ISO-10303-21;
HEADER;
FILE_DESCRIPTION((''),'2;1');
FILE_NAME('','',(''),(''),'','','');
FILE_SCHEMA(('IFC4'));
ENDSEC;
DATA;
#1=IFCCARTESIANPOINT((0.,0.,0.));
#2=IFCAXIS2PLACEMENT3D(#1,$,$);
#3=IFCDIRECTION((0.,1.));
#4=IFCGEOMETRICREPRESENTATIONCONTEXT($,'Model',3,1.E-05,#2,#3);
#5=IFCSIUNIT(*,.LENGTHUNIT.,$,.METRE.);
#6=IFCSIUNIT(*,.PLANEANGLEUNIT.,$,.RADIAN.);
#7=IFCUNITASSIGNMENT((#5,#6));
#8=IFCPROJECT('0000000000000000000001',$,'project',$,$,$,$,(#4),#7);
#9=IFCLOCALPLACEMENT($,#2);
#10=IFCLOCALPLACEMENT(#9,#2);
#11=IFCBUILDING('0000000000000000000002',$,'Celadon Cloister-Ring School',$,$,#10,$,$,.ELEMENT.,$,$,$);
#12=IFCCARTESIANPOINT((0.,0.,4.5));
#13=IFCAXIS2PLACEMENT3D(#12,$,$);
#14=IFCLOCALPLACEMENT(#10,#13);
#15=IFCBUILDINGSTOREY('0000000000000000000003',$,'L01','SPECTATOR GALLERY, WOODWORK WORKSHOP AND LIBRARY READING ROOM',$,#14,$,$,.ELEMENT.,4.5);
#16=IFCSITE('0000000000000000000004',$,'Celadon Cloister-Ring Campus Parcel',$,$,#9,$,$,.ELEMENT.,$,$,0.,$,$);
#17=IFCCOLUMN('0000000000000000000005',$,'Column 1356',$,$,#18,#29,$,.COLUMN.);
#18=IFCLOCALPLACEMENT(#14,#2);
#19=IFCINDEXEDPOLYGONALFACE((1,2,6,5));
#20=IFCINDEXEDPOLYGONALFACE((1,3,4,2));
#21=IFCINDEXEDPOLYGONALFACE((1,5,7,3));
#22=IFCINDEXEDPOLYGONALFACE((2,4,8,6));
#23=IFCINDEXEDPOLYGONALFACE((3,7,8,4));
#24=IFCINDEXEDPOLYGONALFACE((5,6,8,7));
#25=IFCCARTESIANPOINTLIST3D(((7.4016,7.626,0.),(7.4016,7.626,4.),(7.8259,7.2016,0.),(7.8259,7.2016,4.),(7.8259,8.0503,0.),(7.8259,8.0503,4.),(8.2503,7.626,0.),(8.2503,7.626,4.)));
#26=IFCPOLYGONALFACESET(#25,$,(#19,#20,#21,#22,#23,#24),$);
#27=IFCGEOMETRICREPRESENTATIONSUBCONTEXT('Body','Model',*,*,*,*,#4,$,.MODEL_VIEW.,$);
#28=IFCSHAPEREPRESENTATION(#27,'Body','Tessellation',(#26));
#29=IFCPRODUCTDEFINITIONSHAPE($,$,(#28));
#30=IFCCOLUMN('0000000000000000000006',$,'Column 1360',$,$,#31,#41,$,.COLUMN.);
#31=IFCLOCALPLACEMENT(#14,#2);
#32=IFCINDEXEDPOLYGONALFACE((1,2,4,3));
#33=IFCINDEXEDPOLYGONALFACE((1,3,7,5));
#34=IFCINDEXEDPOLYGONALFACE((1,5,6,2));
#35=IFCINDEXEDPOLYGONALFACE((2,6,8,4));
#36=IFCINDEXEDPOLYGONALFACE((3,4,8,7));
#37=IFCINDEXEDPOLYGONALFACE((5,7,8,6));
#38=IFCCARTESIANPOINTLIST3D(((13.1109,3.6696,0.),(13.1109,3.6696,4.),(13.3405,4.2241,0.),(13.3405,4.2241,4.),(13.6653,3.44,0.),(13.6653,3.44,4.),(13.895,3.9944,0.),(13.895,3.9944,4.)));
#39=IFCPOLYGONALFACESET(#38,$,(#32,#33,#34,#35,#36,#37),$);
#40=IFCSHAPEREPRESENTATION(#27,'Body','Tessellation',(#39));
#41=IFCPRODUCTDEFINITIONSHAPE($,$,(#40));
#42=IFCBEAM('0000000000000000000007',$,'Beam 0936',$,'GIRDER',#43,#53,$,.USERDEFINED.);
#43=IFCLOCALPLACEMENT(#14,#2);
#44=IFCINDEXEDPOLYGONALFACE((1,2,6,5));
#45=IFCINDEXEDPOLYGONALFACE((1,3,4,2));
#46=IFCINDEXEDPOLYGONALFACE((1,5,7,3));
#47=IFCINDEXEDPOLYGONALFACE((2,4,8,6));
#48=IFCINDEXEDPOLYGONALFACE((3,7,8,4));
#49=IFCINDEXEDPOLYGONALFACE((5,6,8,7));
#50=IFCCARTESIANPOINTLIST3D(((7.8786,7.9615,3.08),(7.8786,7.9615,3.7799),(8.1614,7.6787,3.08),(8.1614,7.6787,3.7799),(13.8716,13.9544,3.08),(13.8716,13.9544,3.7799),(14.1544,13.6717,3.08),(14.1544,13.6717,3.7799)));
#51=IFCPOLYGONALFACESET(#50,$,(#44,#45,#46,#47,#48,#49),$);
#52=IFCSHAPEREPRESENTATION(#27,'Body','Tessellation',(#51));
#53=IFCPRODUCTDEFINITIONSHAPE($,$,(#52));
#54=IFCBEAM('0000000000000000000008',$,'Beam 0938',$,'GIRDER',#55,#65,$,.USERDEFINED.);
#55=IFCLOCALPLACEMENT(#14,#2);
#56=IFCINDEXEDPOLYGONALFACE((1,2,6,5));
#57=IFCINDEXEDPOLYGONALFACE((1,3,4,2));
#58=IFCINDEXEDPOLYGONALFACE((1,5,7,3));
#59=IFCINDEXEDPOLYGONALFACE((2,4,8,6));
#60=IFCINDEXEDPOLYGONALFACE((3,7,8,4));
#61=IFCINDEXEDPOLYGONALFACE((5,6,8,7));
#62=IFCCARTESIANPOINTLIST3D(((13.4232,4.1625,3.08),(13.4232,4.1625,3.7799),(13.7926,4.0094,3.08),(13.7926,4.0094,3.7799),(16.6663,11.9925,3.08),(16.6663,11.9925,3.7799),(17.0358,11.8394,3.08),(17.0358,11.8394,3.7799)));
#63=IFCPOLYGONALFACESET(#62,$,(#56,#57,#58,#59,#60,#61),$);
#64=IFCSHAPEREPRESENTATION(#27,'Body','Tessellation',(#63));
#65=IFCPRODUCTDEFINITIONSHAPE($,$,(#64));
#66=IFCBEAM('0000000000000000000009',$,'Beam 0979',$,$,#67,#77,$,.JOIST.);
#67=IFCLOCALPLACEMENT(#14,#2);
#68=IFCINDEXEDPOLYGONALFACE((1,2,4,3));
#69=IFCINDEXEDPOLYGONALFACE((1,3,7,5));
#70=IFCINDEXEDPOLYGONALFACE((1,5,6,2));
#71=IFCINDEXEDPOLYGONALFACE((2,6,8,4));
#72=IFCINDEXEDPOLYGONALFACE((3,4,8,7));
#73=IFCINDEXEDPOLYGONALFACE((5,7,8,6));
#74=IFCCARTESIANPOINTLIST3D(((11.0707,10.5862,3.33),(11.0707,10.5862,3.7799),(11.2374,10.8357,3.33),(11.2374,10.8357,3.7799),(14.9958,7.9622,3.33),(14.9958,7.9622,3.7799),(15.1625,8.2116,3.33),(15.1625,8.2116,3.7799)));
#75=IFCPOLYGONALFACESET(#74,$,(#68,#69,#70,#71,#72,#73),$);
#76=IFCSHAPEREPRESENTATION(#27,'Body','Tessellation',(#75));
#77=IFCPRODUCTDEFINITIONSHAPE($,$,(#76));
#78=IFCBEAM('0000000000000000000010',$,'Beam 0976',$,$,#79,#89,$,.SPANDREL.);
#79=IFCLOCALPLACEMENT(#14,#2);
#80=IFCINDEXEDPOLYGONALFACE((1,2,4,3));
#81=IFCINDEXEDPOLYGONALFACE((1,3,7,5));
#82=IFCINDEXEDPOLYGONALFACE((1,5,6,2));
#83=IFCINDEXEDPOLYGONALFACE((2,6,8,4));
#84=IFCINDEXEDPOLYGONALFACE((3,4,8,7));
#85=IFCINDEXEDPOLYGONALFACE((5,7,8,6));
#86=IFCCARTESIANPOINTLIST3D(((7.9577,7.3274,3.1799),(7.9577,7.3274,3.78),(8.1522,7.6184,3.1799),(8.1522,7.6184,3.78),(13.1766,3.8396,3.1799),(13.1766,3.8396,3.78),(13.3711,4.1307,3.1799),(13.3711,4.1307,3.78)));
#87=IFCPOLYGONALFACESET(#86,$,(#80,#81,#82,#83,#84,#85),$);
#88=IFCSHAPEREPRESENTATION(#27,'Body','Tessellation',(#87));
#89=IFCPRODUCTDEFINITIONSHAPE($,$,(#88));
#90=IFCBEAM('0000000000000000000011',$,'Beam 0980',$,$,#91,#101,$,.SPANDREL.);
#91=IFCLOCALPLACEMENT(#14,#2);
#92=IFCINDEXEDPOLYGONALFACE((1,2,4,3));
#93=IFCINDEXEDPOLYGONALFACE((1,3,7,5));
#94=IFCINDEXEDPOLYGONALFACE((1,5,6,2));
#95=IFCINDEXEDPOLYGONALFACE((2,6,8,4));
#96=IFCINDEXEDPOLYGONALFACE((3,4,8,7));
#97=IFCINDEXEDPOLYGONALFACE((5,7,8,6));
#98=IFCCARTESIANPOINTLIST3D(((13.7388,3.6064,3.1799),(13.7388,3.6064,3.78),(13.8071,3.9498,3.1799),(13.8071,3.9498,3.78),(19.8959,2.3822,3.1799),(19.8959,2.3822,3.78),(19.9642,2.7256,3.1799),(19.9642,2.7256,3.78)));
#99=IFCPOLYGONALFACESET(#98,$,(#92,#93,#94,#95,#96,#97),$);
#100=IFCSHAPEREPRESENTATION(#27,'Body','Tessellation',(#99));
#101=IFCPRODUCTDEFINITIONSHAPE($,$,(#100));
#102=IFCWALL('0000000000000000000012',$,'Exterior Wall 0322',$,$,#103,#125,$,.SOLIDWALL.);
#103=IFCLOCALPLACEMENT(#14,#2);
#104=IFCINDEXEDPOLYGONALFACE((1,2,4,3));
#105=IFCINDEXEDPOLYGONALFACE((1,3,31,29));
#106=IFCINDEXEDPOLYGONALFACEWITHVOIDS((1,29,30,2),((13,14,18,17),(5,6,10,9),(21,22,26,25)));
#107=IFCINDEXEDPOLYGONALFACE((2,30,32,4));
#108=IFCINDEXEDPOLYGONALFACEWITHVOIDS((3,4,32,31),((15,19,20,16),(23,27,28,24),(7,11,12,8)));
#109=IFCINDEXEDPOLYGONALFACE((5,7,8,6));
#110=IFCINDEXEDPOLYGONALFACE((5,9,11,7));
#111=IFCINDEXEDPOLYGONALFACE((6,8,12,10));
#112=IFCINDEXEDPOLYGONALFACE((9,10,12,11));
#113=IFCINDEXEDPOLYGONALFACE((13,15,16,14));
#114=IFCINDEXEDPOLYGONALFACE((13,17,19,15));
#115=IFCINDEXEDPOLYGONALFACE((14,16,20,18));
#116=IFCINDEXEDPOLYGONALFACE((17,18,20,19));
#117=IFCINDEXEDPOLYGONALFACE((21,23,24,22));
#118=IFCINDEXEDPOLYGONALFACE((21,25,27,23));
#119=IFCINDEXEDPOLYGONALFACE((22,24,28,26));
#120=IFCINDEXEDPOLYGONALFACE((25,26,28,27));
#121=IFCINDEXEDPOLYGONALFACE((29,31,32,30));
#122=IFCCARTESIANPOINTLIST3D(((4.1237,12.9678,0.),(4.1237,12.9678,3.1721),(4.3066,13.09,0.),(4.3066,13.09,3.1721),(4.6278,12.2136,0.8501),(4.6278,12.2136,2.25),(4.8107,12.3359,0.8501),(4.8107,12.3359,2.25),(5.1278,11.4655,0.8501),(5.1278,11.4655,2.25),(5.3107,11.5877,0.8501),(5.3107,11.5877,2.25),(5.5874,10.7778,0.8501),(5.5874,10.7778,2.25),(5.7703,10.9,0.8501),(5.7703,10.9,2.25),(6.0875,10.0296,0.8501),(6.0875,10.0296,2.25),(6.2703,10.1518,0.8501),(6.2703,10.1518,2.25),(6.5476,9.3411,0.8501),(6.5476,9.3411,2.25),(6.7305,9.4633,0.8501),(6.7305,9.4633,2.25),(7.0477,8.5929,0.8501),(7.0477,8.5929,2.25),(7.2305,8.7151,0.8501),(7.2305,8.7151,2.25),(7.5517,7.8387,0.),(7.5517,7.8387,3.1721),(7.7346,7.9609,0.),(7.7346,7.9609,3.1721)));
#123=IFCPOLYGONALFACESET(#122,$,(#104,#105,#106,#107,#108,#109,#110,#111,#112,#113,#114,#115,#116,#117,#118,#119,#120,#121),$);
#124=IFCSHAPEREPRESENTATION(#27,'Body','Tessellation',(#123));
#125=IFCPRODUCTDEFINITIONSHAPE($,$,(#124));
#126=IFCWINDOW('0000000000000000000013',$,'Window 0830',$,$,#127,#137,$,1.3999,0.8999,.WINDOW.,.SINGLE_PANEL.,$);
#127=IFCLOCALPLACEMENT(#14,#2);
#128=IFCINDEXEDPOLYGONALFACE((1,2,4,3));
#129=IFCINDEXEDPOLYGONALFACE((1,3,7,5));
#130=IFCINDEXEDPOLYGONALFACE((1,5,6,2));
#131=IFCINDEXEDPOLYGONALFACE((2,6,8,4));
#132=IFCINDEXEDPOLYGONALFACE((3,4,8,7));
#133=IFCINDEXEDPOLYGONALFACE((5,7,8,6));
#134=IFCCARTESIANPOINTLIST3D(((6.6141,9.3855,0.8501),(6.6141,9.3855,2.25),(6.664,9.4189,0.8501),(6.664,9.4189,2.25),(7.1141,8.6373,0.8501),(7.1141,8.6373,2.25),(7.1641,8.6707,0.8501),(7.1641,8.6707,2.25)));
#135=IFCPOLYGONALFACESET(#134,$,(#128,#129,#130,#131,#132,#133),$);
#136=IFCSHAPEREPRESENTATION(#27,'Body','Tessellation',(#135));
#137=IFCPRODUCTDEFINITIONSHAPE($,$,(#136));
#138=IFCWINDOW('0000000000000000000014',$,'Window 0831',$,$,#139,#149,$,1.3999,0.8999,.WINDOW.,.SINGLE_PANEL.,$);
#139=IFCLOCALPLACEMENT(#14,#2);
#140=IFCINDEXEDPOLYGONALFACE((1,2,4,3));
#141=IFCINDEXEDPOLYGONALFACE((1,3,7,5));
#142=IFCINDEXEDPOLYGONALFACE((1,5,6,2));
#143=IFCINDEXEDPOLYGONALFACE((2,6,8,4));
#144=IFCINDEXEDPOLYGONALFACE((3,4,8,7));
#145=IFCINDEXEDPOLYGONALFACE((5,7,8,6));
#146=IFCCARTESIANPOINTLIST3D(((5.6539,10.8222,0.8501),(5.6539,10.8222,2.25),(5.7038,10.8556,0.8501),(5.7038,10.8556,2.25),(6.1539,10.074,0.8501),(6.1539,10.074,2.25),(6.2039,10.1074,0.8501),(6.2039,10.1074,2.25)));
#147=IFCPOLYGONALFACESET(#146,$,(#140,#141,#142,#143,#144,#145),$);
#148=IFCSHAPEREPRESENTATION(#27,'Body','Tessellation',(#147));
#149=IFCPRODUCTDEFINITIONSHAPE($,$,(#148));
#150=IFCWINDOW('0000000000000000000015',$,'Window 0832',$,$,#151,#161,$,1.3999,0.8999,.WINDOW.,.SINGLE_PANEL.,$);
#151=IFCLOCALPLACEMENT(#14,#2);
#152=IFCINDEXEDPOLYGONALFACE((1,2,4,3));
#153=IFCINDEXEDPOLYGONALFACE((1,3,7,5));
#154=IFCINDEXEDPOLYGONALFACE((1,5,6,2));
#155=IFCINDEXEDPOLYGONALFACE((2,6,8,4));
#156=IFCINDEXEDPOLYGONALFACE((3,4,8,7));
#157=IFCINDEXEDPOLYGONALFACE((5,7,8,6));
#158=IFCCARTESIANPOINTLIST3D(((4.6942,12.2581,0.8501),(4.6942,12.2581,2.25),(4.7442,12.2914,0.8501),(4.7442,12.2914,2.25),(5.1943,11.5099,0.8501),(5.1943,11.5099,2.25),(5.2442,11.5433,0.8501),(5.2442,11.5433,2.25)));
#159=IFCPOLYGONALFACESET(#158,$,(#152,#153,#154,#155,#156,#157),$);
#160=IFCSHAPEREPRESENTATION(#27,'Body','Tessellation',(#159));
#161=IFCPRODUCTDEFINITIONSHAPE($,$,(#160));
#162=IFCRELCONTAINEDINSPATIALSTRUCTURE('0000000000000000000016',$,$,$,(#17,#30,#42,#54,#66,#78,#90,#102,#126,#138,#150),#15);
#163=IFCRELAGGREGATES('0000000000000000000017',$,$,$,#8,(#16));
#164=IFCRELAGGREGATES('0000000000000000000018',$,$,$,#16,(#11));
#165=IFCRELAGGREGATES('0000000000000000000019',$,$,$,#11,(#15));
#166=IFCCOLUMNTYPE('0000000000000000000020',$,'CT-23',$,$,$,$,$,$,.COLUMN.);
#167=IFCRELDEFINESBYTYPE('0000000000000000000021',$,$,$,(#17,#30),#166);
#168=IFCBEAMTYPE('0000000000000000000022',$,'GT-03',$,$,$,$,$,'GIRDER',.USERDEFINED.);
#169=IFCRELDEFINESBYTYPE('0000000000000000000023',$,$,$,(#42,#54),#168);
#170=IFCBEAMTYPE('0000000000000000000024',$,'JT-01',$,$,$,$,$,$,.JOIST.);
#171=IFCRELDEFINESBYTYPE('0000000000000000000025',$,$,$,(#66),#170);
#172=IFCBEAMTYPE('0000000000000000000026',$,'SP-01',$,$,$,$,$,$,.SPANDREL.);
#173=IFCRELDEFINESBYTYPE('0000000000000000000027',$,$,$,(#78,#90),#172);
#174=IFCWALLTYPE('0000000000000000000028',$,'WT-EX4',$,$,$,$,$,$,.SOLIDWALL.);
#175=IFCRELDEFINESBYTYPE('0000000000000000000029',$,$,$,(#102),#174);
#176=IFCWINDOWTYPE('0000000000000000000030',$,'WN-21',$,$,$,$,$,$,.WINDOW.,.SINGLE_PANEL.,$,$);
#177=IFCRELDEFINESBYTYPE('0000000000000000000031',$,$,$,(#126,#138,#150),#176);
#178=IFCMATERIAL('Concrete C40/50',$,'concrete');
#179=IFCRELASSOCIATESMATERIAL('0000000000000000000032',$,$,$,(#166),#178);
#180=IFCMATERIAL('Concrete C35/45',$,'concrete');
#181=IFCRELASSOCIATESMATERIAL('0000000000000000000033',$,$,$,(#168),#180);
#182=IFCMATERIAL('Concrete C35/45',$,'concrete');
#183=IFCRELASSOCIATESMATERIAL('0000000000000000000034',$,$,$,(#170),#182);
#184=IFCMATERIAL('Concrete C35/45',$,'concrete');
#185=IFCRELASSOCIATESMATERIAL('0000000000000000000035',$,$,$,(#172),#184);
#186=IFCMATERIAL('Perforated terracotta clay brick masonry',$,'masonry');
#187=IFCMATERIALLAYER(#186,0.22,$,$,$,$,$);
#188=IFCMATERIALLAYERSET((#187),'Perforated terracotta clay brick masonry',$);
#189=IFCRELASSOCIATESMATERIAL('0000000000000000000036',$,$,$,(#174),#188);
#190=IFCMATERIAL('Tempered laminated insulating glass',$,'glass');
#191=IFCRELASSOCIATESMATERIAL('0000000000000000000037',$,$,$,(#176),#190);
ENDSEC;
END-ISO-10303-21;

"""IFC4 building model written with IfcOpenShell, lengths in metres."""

from ifc_helpers import new_model, si_unit, direction, frame, frame_2d, origin, origin_2d, place, context, subcontext, project, spatial, rectangle, extrude, material, layer, layer_set, material_profile, profile_set, type_object, element, fill, save


model = new_model("IFC4")

# Units and contexts
model_context = context("Model", 3, precision=1e-05, world=origin(), true_north=direction((0.0, 1.0)))
body_context = subcontext(model_context, "Body", "Model", "MODEL_VIEW")
ifc_project = project(units=[si_unit("LENGTHUNIT", "METRE"), si_unit("PLANEANGLEUNIT", "RADIAN")], contexts=[model_context])

# Site, building, storey
site_placement = place(None, origin())
site = spatial("IfcSite", under=ifc_project, at=site_placement, Name="Celadon Cloister-Ring Campus Parcel", CompositionType="ELEMENT", RefElevation=0.0)
building_placement = place(site_placement, origin())
building = spatial("IfcBuilding", under=site, at=building_placement, Name="Celadon Cloister-Ring School", CompositionType="ELEMENT")
storey_placement = place(building_placement, frame((0.0, 0.0, 4.5)))
storey = spatial("IfcBuildingStorey", under=building, at=storey_placement, Name="L01", Description="SPECTATOR GALLERY, WOODWORK WORKSHOP AND LIBRARY READING ROOM", CompositionType="ELEMENT", Elevation=4.5)

# Columns
ifc_material_1 = material(Name="Concrete C40/50", Category="concrete")
ifc_material_profile_1 = material_profile(ifc_material_1, rectangle(XDim=0.6001, YDim=0.6001, at=origin_2d()), Name="RC600X600")
ifc_profile_set_1 = profile_set([ifc_material_profile_1], Name="Concrete C40/50")
column_type = type_object("IfcColumnType", Name="CT-23", PredefinedType="COLUMN", material=ifc_profile_set_1)
for number, where, z_axis, x_axis, name in (
    (1, (7.8259, 7.626, 0.0), (0.0, 0.0, 1.0), (-0.707107, -0.707107, 0.0), "Column 1356"),
    (2, (13.5029, 3.832, 0.0), (0.0, 0.0, 1.0), (-0.382683, -0.92388, 0.0), "Column 1360"),
):
    element("IfcColumn", number, at=place(storey_placement, frame(where, z_axis=z_axis, x_axis=x_axis)), inside=storey, type_object=column_type, Name=name, PredefinedType="COLUMN", context=body_context, shape_type="SweptSolid", body=[
        extrude(rectangle(XDim=0.6001, YDim=0.6001, at=origin_2d()), origin(), (0.0, 0.0, 1.0), 4.0),
    ])

# Beams
ifc_material_2 = material(Name="Concrete C35/45", Category="concrete")
ifc_material_profile_2 = material_profile(ifc_material_2, rectangle(XDim=0.3999, YDim=0.7, at=origin_2d()), Name="RC400X700")
ifc_profile_set_2 = profile_set([ifc_material_profile_2], Name="Concrete C35/45")
beam_type_1 = type_object("IfcBeamType", Name="GT-03", ElementType="GIRDER", PredefinedType="USERDEFINED", material=ifc_profile_set_2)
beam_1_placement = place(storey_placement, frame((8.02, 7.8201, 3.4299), z_axis=(0.707107, 0.707107, 0.0), x_axis=(-0.707107, 0.707107, 0.0)))
element("IfcBeam", 3, at=beam_1_placement, inside=storey, type_object=beam_type_1, Name="Beam 0936", ObjectType="GIRDER", PredefinedType="USERDEFINED", context=body_context, shape_type="SweptSolid", body=[
    extrude(rectangle(XDim=0.3999, YDim=0.7, at=origin_2d()), origin(), (0.0, 0.0, 1.0), 8.4753),
])
beam_2_placement = place(storey_placement, frame((13.6079, 4.0859, 3.4299), z_axis=(0.382667, 0.923886, 0.0), x_axis=(-0.923886, 0.382667, 0.0)))
element("IfcBeam", 4, at=beam_2_placement, inside=storey, type_object=beam_type_1, Name="Beam 0938", ObjectType="GIRDER", PredefinedType="USERDEFINED", context=body_context, shape_type="SweptSolid", body=[
    extrude(rectangle(XDim=0.3999, YDim=0.7, at=origin_2d()), origin(), (0.0, 0.0, 1.0), 8.4751),
])
ifc_material_3 = material(Name="Concrete C35/45", Category="concrete")
ifc_material_profile_3 = material_profile(ifc_material_3, rectangle(XDim=0.3, YDim=0.45, at=origin_2d()), Name="RC300X450")
ifc_profile_set_3 = profile_set([ifc_material_profile_3], Name="Concrete C35/45")
beam_type_2 = type_object("IfcBeamType", Name="JT-01", PredefinedType="JOIST", material=ifc_profile_set_3)
beam_3_placement = place(storey_placement, frame((11.1541, 10.7109, 3.5549), z_axis=(0.831334, -0.555774, 0.0), x_axis=(0.555774, 0.831334, 0.0)))
element("IfcBeam", 5, at=beam_3_placement, inside=storey, type_object=beam_type_2, Name="Beam 0979", PredefinedType="JOIST", context=body_context, shape_type="SweptSolid", body=[
    extrude(rectangle(XDim=0.3, YDim=0.45, at=origin_2d()), origin(), (0.0, 0.0, 1.0), 4.7214),
])
ifc_material_4 = material(Name="Concrete C35/45", Category="concrete")
ifc_material_profile_4 = material_profile(ifc_material_4, rectangle(XDim=0.3501, YDim=0.6001, at=origin_2d()), Name="RC350X600")
ifc_profile_set_4 = profile_set([ifc_material_profile_4], Name="Concrete C35/45")
beam_type_3 = type_object("IfcBeamType", Name="SP-01", PredefinedType="SPANDREL", material=ifc_profile_set_4)
beam_4_placement = place(storey_placement, frame((8.0549, 7.4729, 3.48), z_axis=(0.831427, -0.555633, 0.0), x_axis=(0.555633, 0.831427, 0.0)))
element("IfcBeam", 6, at=beam_4_placement, inside=storey, type_object=beam_type_3, Name="Beam 0976", PredefinedType="SPANDREL", context=body_context, shape_type="SweptSolid", body=[
    extrude(rectangle(XDim=0.3501, YDim=0.6001, at=origin_2d()), origin(), (0.0, 0.0, 1.0), 6.2771),
])
beam_5_placement = place(storey_placement, frame((13.7729, 3.7781, 3.48), z_axis=(0.980803, -0.195002, 0.0), x_axis=(0.195002, 0.980803, 0.0)))
element("IfcBeam", 7, at=beam_5_placement, inside=storey, type_object=beam_type_3, Name="Beam 0980", PredefinedType="SPANDREL", context=body_context, shape_type="SweptSolid", body=[
    extrude(rectangle(XDim=0.3501, YDim=0.6001, at=origin_2d()), origin(), (0.0, 0.0, 1.0), 6.2776),
])

# Wall, openings, windows
ifc_material_5 = material(Name="Perforated terracotta clay brick masonry", Category="masonry")
ifc_layer_1 = layer(ifc_material_5, 0.22)
ifc_layer_set_1 = layer_set([ifc_layer_1], Name="Perforated terracotta clay brick masonry")
wall_type = type_object("IfcWallType", Name="WT-EX4", PredefinedType="SOLIDWALL", material=ifc_layer_set_1)
wall_1_placement = place(storey_placement, frame((7.6431, 7.8999, 0.0), z_axis=(0.0, 0.0, 1.0), x_axis=(-0.555659, 0.83141, 0.0)))
wall_1 = element("IfcWall", 8, at=wall_1_placement, inside=storey, type_object=wall_type, Name="Exterior Wall 0322", PredefinedType="SOLIDWALL", context=body_context, shape_type="SweptSolid", body=[
    extrude(rectangle(XDim=6.1692, YDim=0.22, at=frame_2d((3.0845, 0.0))), origin(), (0.0, 0.0, 1.0), 3.1721),
])
opening_1_placement = place(wall_1_placement, frame((0.907, 0.0, 0.8501)))
opening_1 = element("IfcOpeningElement", 9, at=opening_1_placement, cuts=wall_1, PredefinedType="OPENING", context=body_context, shape_type="SweptSolid", body=[
    extrude(rectangle(XDim=0.8999, YDim=1.3999, at=frame_2d((0.45, 0.7))), frame((0.0, 0.1201, 0.0), z_axis=(0.0, -1.0, 0.0), x_axis=(1.0, 0.0, 0.0)), (0.0, 0.0, 1.0), 0.24),
])
opening_2_placement = place(wall_1_placement, frame((2.635, 0.0, 0.8501)))
opening_2 = element("IfcOpeningElement", 10, at=opening_2_placement, cuts=wall_1, PredefinedType="OPENING", context=body_context, shape_type="SweptSolid", body=[
    extrude(rectangle(XDim=0.8999, YDim=1.3999, at=frame_2d((0.45, 0.7))), frame((0.0, 0.1201, 0.0), z_axis=(0.0, -1.0, 0.0), x_axis=(1.0, 0.0, 0.0)), (0.0, 0.0, 1.0), 0.24),
])
opening_3_placement = place(wall_1_placement, frame((4.3621, 0.0, 0.8501)))
opening_3 = element("IfcOpeningElement", 11, at=opening_3_placement, cuts=wall_1, PredefinedType="OPENING", context=body_context, shape_type="SweptSolid", body=[
    extrude(rectangle(XDim=0.8999, YDim=1.3999, at=frame_2d((0.45, 0.7))), frame((0.0, 0.1201, 0.0), z_axis=(0.0, -1.0, 0.0), x_axis=(1.0, 0.0, 0.0)), (0.0, 0.0, 1.0), 0.24),
])
ifc_material_6 = material(Name="Tempered laminated insulating glass", Category="glass")
window_type = type_object("IfcWindowType", Name="WN-21", PartitioningType="SINGLE_PANEL", PredefinedType="WINDOW", material=ifc_material_6)
window_1_placement = place(opening_1_placement, origin())
window_1 = element("IfcWindow", 12, at=window_1_placement, inside=storey, type_object=window_type, Name="Window 0830", OverallHeight=1.3999, OverallWidth=0.8999, PartitioningType="SINGLE_PANEL", PredefinedType="WINDOW", context=body_context, shape_type="SweptSolid", body=[
    extrude(rectangle(XDim=0.8999, YDim=1.3999, at=frame_2d((0.45, 0.7))), frame((0.0, 0.03, 0.0), z_axis=(0.0, -1.0, 0.0), x_axis=(1.0, 0.0, 0.0)), (0.0, 0.0, 1.0), 0.0601),
])
fill(opening_1, window_1)
window_2_placement = place(opening_2_placement, origin())
window_2 = element("IfcWindow", 13, at=window_2_placement, inside=storey, type_object=window_type, Name="Window 0831", OverallHeight=1.3999, OverallWidth=0.8999, PartitioningType="SINGLE_PANEL", PredefinedType="WINDOW", context=body_context, shape_type="SweptSolid", body=[
    extrude(rectangle(XDim=0.8999, YDim=1.3999, at=frame_2d((0.45, 0.7))), frame((0.0, 0.03, 0.0), z_axis=(0.0, -1.0, 0.0), x_axis=(1.0, 0.0, 0.0)), (0.0, 0.0, 1.0), 0.0601),
])
fill(opening_2, window_2)
window_3_placement = place(opening_3_placement, origin())
window_3 = element("IfcWindow", 14, at=window_3_placement, inside=storey, type_object=window_type, Name="Window 0832", OverallHeight=1.3999, OverallWidth=0.8999, PartitioningType="SINGLE_PANEL", PredefinedType="WINDOW", context=body_context, shape_type="SweptSolid", body=[
    extrude(rectangle(XDim=0.8999, YDim=1.3999, at=frame_2d((0.45, 0.7))), frame((0.0, 0.03, 0.0), z_axis=(0.0, -1.0, 0.0), x_axis=(1.0, 0.0, 0.0)), (0.0, 0.0, 1.0), 0.0601),
])
fill(opening_3, window_3)

save(model, "model.ifc")
